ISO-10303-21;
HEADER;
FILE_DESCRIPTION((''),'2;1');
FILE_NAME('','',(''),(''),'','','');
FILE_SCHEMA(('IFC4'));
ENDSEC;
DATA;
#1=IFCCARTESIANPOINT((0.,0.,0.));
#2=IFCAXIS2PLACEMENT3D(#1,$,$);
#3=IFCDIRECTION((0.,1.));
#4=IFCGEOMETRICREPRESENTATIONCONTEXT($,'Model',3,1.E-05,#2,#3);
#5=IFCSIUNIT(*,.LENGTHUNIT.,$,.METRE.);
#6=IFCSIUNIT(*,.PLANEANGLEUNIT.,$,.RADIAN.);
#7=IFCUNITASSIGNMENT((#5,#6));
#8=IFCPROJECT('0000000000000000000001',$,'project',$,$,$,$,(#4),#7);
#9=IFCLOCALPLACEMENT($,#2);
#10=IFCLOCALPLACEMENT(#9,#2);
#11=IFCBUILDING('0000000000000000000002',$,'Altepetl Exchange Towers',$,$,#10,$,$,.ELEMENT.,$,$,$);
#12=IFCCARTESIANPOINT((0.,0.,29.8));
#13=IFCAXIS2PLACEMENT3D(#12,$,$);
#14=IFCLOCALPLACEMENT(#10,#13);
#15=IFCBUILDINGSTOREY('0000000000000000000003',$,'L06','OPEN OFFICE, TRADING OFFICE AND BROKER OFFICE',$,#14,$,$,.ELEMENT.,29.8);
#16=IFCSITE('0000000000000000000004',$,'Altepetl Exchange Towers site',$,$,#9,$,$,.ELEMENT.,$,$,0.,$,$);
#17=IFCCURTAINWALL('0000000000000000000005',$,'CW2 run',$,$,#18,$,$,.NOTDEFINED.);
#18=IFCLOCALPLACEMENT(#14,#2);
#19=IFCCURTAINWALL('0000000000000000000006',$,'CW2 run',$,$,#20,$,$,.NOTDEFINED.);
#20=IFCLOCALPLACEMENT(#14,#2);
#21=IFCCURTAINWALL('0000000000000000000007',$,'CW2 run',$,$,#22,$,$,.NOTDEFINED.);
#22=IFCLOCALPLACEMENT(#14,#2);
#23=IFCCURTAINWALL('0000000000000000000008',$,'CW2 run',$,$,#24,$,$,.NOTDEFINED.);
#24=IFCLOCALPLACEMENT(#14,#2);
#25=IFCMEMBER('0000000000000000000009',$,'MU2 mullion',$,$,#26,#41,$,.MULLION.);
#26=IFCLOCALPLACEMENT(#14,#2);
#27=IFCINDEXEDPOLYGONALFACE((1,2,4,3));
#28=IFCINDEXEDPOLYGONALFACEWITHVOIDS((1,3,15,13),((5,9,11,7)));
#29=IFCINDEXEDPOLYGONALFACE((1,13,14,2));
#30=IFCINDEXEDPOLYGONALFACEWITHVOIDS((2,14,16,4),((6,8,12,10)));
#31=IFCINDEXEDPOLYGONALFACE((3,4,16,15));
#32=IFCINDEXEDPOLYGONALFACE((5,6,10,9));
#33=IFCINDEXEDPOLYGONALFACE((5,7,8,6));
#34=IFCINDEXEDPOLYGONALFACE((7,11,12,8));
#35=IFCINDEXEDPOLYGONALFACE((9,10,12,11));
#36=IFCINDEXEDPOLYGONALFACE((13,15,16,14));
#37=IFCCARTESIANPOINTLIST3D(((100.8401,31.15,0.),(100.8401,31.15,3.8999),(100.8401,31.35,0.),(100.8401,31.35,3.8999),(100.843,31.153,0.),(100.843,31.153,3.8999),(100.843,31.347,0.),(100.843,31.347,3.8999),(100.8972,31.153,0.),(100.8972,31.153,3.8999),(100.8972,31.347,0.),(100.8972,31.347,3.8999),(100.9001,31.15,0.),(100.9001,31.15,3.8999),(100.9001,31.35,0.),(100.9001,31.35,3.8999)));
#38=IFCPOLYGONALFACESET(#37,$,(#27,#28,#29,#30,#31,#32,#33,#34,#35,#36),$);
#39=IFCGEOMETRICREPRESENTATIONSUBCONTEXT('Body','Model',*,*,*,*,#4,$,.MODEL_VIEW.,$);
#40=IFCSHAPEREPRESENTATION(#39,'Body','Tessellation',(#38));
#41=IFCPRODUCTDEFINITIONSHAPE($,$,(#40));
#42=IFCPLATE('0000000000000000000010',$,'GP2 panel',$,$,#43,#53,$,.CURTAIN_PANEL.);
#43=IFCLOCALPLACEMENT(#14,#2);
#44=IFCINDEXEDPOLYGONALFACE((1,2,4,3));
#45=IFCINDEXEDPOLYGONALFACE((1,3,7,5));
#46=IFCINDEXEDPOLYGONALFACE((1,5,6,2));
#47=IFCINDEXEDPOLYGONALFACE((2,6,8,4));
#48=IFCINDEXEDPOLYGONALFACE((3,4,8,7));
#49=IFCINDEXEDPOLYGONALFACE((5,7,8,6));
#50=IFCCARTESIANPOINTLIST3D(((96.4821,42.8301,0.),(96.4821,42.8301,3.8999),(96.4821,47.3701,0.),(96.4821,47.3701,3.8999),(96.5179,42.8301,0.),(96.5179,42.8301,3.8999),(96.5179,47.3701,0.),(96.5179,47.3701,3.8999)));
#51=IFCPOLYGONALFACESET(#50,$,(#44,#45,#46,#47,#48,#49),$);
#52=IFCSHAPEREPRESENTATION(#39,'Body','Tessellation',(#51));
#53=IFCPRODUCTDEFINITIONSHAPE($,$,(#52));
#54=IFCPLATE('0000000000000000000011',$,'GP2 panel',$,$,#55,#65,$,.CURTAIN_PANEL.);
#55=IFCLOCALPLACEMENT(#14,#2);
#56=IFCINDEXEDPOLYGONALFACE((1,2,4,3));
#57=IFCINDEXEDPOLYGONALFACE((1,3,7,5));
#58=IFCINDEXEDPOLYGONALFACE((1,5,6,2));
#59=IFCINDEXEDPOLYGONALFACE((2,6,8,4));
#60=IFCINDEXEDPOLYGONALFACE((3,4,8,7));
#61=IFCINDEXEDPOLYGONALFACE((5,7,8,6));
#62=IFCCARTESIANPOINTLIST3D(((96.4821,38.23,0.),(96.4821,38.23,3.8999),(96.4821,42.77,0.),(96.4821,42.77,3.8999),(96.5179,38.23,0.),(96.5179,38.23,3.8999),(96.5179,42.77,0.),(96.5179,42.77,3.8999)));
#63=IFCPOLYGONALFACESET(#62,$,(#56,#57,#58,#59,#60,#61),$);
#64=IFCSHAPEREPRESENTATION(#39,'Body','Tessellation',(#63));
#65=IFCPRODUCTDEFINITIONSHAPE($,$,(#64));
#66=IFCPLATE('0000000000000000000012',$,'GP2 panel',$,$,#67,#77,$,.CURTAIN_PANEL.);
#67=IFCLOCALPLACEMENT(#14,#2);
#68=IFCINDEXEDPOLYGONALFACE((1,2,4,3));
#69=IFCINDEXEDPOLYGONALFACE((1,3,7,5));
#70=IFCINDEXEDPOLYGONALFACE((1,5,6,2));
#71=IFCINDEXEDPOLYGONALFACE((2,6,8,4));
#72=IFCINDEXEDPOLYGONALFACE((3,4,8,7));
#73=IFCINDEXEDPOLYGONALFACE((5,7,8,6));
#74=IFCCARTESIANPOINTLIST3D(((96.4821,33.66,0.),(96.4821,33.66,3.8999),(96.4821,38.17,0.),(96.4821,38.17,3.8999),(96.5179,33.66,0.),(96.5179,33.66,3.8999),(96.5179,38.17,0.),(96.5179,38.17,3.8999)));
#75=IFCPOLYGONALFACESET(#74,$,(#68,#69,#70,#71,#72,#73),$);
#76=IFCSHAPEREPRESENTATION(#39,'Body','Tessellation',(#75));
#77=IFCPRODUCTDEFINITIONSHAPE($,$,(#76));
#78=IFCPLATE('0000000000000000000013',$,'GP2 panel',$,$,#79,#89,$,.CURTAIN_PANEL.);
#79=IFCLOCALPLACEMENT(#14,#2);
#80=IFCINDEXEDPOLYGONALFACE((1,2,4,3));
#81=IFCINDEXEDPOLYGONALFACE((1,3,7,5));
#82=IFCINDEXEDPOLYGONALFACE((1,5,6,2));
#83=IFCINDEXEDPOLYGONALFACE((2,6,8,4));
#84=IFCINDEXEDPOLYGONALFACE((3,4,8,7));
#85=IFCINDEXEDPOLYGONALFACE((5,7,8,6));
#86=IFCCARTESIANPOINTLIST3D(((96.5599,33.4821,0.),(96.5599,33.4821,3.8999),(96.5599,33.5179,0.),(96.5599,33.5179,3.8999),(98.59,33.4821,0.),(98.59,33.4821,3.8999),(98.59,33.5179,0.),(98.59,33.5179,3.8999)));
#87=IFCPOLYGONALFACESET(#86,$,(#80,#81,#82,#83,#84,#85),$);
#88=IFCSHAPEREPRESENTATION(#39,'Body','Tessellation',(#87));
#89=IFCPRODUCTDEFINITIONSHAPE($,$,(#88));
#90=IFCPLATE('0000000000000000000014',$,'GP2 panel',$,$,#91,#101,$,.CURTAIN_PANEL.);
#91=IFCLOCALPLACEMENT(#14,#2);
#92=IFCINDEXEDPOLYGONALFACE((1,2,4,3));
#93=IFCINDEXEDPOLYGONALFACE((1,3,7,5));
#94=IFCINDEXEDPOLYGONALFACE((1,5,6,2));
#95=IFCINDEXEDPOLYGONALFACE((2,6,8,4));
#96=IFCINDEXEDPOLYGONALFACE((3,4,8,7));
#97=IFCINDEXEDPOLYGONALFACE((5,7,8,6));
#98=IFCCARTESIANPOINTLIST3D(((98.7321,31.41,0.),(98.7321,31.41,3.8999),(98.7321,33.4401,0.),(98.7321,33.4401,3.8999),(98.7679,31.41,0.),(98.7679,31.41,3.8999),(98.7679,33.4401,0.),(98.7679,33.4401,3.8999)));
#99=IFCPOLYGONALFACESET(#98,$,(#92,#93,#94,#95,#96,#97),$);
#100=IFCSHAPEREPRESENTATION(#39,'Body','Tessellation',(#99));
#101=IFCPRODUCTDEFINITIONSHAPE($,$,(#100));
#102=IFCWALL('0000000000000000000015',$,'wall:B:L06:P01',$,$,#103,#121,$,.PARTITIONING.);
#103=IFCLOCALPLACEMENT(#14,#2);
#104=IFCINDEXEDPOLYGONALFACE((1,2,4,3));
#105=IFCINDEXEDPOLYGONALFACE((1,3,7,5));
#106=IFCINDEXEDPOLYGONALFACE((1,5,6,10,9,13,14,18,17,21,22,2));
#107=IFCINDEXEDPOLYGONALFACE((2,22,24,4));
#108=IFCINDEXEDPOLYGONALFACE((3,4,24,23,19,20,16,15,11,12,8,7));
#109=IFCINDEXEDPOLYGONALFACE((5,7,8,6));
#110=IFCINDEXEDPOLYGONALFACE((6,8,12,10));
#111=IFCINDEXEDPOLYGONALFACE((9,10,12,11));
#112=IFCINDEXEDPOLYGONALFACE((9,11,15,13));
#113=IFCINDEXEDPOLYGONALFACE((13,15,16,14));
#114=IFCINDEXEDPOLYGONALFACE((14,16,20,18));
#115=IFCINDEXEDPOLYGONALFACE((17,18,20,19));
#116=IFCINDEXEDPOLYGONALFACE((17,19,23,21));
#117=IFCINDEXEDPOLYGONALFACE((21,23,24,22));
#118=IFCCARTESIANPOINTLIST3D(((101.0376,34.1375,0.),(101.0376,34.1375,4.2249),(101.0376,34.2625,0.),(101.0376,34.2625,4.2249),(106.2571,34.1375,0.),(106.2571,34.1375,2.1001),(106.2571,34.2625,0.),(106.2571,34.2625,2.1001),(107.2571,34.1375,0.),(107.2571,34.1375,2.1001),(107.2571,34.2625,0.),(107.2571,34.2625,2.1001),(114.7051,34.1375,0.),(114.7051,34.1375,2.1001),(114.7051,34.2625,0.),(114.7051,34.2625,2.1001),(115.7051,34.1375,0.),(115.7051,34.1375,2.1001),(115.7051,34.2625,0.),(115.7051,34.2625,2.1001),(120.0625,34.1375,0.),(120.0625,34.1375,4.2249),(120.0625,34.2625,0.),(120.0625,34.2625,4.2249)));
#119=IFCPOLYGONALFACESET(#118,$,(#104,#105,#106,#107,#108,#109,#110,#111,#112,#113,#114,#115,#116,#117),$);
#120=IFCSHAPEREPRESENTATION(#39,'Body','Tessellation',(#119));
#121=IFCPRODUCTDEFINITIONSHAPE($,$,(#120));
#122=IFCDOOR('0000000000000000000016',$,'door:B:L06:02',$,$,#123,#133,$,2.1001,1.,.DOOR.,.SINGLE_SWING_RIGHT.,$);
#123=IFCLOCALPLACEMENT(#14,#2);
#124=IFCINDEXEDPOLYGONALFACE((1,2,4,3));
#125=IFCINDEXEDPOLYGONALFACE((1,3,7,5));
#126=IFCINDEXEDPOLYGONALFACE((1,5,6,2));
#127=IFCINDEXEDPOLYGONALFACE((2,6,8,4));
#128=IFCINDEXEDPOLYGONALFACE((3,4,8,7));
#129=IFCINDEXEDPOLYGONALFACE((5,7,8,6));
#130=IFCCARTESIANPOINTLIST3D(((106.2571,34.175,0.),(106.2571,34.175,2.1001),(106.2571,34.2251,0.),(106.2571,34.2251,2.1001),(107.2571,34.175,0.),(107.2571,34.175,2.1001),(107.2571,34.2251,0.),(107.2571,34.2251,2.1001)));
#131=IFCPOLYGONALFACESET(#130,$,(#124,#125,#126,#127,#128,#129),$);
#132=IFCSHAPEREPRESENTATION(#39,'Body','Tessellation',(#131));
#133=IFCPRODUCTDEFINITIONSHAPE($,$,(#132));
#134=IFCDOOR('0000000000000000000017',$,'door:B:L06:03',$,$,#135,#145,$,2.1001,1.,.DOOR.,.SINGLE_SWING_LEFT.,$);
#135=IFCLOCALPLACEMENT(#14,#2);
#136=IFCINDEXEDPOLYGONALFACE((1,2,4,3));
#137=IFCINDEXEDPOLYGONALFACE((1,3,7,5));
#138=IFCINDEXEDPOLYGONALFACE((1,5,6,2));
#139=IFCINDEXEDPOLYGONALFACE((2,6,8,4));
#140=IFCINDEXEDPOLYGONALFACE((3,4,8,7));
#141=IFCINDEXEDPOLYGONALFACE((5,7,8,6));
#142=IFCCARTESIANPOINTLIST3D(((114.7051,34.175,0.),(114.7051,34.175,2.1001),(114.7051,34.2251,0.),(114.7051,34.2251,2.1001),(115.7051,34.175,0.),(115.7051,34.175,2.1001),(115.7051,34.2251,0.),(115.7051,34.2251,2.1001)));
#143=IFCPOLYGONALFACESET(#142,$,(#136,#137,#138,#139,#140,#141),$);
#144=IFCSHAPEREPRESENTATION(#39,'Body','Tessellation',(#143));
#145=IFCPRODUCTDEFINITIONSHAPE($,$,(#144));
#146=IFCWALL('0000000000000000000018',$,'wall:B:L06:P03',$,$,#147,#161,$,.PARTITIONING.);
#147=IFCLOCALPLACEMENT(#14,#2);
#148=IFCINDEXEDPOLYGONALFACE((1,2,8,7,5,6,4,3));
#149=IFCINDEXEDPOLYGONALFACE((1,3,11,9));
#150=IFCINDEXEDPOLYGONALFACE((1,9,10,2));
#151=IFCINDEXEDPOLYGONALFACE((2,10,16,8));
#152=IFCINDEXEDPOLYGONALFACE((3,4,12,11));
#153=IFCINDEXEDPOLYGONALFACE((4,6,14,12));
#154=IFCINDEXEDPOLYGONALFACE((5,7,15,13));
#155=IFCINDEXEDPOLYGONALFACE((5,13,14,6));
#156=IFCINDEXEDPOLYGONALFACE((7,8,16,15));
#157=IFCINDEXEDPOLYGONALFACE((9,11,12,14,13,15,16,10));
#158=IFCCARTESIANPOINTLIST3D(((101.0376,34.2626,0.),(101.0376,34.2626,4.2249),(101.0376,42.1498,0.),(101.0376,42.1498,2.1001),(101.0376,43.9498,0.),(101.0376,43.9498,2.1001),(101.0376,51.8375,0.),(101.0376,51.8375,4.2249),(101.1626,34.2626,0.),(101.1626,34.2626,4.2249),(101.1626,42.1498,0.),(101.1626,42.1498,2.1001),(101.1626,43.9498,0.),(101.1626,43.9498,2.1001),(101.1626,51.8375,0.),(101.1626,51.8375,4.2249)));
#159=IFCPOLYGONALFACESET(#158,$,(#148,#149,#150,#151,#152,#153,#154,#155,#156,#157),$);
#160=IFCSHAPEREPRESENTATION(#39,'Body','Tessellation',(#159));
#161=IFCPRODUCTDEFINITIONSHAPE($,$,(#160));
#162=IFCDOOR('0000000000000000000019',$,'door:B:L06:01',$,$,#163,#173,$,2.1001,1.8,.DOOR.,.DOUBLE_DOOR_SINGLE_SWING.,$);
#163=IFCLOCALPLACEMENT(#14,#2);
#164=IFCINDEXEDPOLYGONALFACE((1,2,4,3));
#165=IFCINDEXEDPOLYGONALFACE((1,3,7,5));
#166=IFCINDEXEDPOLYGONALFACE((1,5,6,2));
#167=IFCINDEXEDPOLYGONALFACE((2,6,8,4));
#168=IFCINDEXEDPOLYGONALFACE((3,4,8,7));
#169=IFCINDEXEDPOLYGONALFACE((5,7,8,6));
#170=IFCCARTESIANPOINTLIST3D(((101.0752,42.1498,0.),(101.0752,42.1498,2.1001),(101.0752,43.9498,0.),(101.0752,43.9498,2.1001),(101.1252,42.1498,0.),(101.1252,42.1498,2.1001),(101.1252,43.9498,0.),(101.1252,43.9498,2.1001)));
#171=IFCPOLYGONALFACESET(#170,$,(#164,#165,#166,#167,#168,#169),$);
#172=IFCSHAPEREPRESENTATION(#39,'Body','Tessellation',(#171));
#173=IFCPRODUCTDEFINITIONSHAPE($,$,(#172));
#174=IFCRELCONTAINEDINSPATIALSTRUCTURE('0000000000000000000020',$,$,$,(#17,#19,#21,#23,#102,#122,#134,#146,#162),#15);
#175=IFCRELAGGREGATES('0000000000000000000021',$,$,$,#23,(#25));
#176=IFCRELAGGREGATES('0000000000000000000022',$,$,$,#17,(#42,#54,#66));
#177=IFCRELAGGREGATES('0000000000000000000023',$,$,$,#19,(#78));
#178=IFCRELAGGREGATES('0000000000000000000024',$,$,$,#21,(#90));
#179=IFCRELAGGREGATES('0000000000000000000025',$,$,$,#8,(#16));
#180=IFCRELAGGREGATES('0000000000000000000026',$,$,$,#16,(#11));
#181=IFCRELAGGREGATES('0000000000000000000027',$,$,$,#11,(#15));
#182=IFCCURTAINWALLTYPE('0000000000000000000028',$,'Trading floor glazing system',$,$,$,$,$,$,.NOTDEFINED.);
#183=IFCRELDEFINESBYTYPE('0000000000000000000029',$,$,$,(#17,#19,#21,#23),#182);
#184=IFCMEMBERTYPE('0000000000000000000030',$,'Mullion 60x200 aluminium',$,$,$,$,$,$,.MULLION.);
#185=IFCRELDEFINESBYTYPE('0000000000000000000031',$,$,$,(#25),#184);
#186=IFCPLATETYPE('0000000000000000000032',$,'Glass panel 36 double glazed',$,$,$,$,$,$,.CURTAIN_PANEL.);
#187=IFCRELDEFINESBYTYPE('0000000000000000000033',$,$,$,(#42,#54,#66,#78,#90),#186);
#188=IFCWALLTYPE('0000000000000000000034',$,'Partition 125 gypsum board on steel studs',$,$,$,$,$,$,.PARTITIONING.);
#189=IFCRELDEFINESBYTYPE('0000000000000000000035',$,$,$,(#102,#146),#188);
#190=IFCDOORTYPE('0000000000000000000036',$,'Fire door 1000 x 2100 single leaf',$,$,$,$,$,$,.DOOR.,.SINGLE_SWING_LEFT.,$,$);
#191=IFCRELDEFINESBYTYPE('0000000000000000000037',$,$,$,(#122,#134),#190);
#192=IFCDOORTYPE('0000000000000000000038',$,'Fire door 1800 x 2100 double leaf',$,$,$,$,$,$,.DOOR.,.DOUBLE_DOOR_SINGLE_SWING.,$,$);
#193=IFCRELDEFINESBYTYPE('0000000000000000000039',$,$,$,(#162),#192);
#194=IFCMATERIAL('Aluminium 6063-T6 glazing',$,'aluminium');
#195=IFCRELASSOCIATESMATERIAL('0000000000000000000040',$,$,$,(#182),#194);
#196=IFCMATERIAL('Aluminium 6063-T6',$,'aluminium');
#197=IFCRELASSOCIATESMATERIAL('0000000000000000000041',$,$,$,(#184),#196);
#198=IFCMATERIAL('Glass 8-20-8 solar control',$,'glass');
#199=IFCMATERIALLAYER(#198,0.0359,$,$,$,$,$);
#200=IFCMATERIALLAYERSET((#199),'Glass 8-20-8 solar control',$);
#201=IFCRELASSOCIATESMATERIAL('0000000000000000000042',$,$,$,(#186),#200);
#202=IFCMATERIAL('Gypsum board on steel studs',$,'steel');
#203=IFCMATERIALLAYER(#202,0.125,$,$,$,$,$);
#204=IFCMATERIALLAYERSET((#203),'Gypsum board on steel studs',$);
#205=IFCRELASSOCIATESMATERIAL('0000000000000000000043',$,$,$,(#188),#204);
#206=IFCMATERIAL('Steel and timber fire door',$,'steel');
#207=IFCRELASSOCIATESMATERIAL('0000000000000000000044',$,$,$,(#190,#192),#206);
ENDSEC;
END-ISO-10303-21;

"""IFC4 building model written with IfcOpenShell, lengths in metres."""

from ifc_helpers import new_model, si_unit, direction, frame, frame_2d, origin, origin_2d, place, context, subcontext, project, spatial, rectangle, hollow_rectangle, extrude, material, layer, layer_set, material_profile, profile_set, type_object, element, fill, aggregate, save


model = new_model("IFC4")

# Units and contexts
model_context = context("Model", 3, precision=1e-05, world=origin(), true_north=direction((0.0, 1.0)))
body_context = subcontext(model_context, "Body", "Model", "MODEL_VIEW")
ifc_project = project(units=[si_unit("LENGTHUNIT", "METRE"), si_unit("PLANEANGLEUNIT", "RADIAN")], contexts=[model_context])

# Site, building, storey
site_placement = place(None, origin())
site = spatial("IfcSite", under=ifc_project, at=site_placement, Name="Altepetl Exchange Towers site", CompositionType="ELEMENT", RefElevation=0.0)
building_placement = place(site_placement, origin())
building = spatial("IfcBuilding", under=site, at=building_placement, Name="Altepetl Exchange Towers", CompositionType="ELEMENT")
storey_placement = place(building_placement, frame((0.0, 0.0, 29.8)))
storey = spatial("IfcBuildingStorey", under=building, at=storey_placement, Name="L06", Description="OPEN OFFICE, TRADING OFFICE AND BROKER OFFICE", CompositionType="ELEMENT", Elevation=29.8)

# Curtain walls
ifc_material_1 = material(Name="Aluminium 6063-T6 glazing", Category="aluminium")
curtain_wall_type = type_object("IfcCurtainWallType", Name="Trading floor glazing system", PredefinedType="NOTDEFINED", material=ifc_material_1)
curtain_wall_1_placement = place(storey_placement, origin())
curtain_wall_1 = element("IfcCurtainWall", 1, at=curtain_wall_1_placement, inside=storey, type_object=curtain_wall_type, Name="CW2 run", PredefinedType="NOTDEFINED")
ifc_material_2 = material(Name="Aluminium 6063-T6", Category="aluminium")
ifc_material_profile_1 = material_profile(ifc_material_2, hollow_rectangle(XDim=0.0601, YDim=0.2, WallThickness=0.0029, at=origin_2d()), Name="Mullion 60x200 aluminium")
ifc_profile_set_1 = profile_set([ifc_material_profile_1], Name="Aluminium 6063-T6")
member_type = type_object("IfcMemberType", Name="Mullion 60x200 aluminium", PredefinedType="MULLION", material=ifc_profile_set_1)
curtain_wall_2_placement = place(storey_placement, origin())
curtain_wall_2 = element("IfcCurtainWall", 2, at=curtain_wall_2_placement, inside=storey, type_object=curtain_wall_type, Name="CW2 run", PredefinedType="NOTDEFINED")
curtain_wall_3_placement = place(storey_placement, origin())
curtain_wall_3 = element("IfcCurtainWall", 3, at=curtain_wall_3_placement, inside=storey, type_object=curtain_wall_type, Name="CW2 run", PredefinedType="NOTDEFINED")

# Curtain wall, member
curtain_wall_4_placement = place(storey_placement, origin())
curtain_wall_4 = element("IfcCurtainWall", 4, at=curtain_wall_4_placement, inside=storey, type_object=curtain_wall_type, Name="CW2 run", PredefinedType="NOTDEFINED")
member_1_placement = place(storey_placement, frame((100.8701, 31.25, 0.0)))
member_1 = element("IfcMember", 5, at=member_1_placement, type_object=member_type, Name="MU2 mullion", PredefinedType="MULLION", context=body_context, shape_type="SweptSolid", body=[
    extrude(hollow_rectangle(XDim=0.0601, YDim=0.2, WallThickness=0.0029, at=origin_2d()), origin(), (0.0, 0.0, 1.0), 3.8999),
])
aggregate(curtain_wall_4, [member_1])

# Plates
ifc_material_3 = material(Name="Glass 8-20-8 solar control", Category="glass")
ifc_layer_1 = layer(ifc_material_3, 0.0359)
ifc_layer_set_1 = layer_set([ifc_layer_1], Name="Glass 8-20-8 solar control")
plate_type = type_object("IfcPlateType", Name="Glass panel 36 double glazed", PredefinedType="CURTAIN_PANEL", material=ifc_layer_set_1)
plate_1_placement = place(storey_placement, frame((96.5, 45.1001, 0.0), z_axis=(0.0, 0.0, 1.0), x_axis=(0.0, -1.0, 0.0)))
plate_1 = element("IfcPlate", 6, at=plate_1_placement, type_object=plate_type, Name="GP2 panel", PredefinedType="CURTAIN_PANEL", context=body_context, shape_type="SweptSolid", body=[
    extrude(rectangle(XDim=4.54, YDim=0.0359, at=origin_2d()), origin(), (0.0, 0.0, 1.0), 3.8999),
])
plate_2_placement = place(storey_placement, frame((96.5, 40.5, 0.0), z_axis=(0.0, 0.0, 1.0), x_axis=(0.0, -1.0, 0.0)))
plate_2 = element("IfcPlate", 7, at=plate_2_placement, type_object=plate_type, Name="GP2 panel", PredefinedType="CURTAIN_PANEL", context=body_context, shape_type="SweptSolid", body=[
    extrude(rectangle(XDim=4.54, YDim=0.0359, at=origin_2d()), origin(), (0.0, 0.0, 1.0), 3.8999),
])
plate_3_placement = place(storey_placement, frame((96.5, 35.915, 0.0), z_axis=(0.0, 0.0, 1.0), x_axis=(0.0, -1.0, 0.0)))
plate_3 = element("IfcPlate", 8, at=plate_3_placement, type_object=plate_type, Name="GP2 panel", PredefinedType="CURTAIN_PANEL", context=body_context, shape_type="SweptSolid", body=[
    extrude(rectangle(XDim=4.51, YDim=0.0359, at=origin_2d()), origin(), (0.0, 0.0, 1.0), 3.8999),
])
aggregate(curtain_wall_1, [plate_1, plate_2, plate_3])
plate_4_placement = place(storey_placement, frame((97.575, 33.5, 0.0)))
plate_4 = element("IfcPlate", 9, at=plate_4_placement, type_object=plate_type, Name="GP2 panel", PredefinedType="CURTAIN_PANEL", context=body_context, shape_type="SweptSolid", body=[
    extrude(rectangle(XDim=2.03, YDim=0.0359, at=origin_2d()), origin(), (0.0, 0.0, 1.0), 3.8999),
])
aggregate(curtain_wall_2, [plate_4])
plate_5_placement = place(storey_placement, frame((98.75, 32.425, 0.0), z_axis=(0.0, 0.0, 1.0), x_axis=(0.0, -1.0, 0.0)))
plate_5 = element("IfcPlate", 10, at=plate_5_placement, type_object=plate_type, Name="GP2 panel", PredefinedType="CURTAIN_PANEL", context=body_context, shape_type="SweptSolid", body=[
    extrude(rectangle(XDim=2.03, YDim=0.0359, at=origin_2d()), origin(), (0.0, 0.0, 1.0), 3.8999),
])
aggregate(curtain_wall_3, [plate_5])

# Wall, openings, doors
ifc_material_4 = material(Name="Gypsum board on steel studs", Category="steel")
ifc_layer_2 = layer(ifc_material_4, 0.125)
ifc_layer_set_2 = layer_set([ifc_layer_2], Name="Gypsum board on steel studs")
wall_type = type_object("IfcWallType", Name="Partition 125 gypsum board on steel studs", PredefinedType="PARTITIONING", material=ifc_layer_set_2)
wall_1_placement = place(storey_placement, frame((101.0376, 34.2, 0.0)))
wall_1 = element("IfcWall", 11, at=wall_1_placement, inside=storey, type_object=wall_type, Name="wall:B:L06:P01", PredefinedType="PARTITIONING", context=body_context, shape_type="SweptSolid", body=[
    extrude(rectangle(XDim=19.0249, YDim=0.125, at=frame_2d((9.5125, 0.0))), origin(), (0.0, 0.0, 1.0), 4.2249),
])
opening_1_placement = place(wall_1_placement, frame((5.2195, 0.0, 0.0)))
opening_1 = element("IfcOpeningElement", 12, at=opening_1_placement, cuts=wall_1, PredefinedType="OPENING", context=body_context, shape_type="SweptSolid", body=[
    extrude(rectangle(XDim=1.0, YDim=2.1001, at=frame_2d((0.5, 1.05))), frame((0.0, 0.0725, 0.0), z_axis=(0.0, -1.0, 0.0), x_axis=(1.0, 0.0, 0.0)), (0.0, 0.0, 1.0), 0.145),
])
opening_2_placement = place(wall_1_placement, frame((13.6675, 0.0, 0.0)))
opening_2 = element("IfcOpeningElement", 13, at=opening_2_placement, cuts=wall_1, PredefinedType="OPENING", context=body_context, shape_type="SweptSolid", body=[
    extrude(rectangle(XDim=1.0, YDim=2.1001, at=frame_2d((0.5, 1.05))), frame((0.0, 0.0725, 0.0), z_axis=(0.0, -1.0, 0.0), x_axis=(1.0, 0.0, 0.0)), (0.0, 0.0, 1.0), 0.145),
])
ifc_material_5 = material(Name="Steel and timber fire door", Category="steel")
door_type_1 = type_object("IfcDoorType", Name="Fire door 1000 x 2100 single leaf", OperationType="SINGLE_SWING_LEFT", PredefinedType="DOOR", material=ifc_material_5)
door_1_placement = place(opening_1_placement, frame((1.0, 0.0, 0.0), x_axis=(-1.0, 0.0, 0.0)))
door_1 = element("IfcDoor", 14, at=door_1_placement, inside=storey, type_object=door_type_1, Name="door:B:L06:02", OperationType="SINGLE_SWING_RIGHT", OverallHeight=2.1001, OverallWidth=1.0, PredefinedType="DOOR", context=body_context, shape_type="SweptSolid", body=[
    extrude(rectangle(XDim=1.0, YDim=2.1001, at=frame_2d((0.5, 1.05))), frame((0.0, 0.0249, 0.0), z_axis=(0.0, -1.0, 0.0), x_axis=(1.0, 0.0, 0.0)), (0.0, 0.0, 1.0), 0.05),
])
fill(opening_1, door_1)
door_2_placement = place(opening_2_placement, frame((1.0, 0.0, 0.0), x_axis=(-1.0, 0.0, 0.0)))
door_2 = element("IfcDoor", 15, at=door_2_placement, inside=storey, type_object=door_type_1, Name="door:B:L06:03", OperationType="SINGLE_SWING_LEFT", OverallHeight=2.1001, OverallWidth=1.0, PredefinedType="DOOR", context=body_context, shape_type="SweptSolid", body=[
    extrude(rectangle(XDim=1.0, YDim=2.1001, at=frame_2d((0.5, 1.05))), frame((0.0, 0.0249, 0.0), z_axis=(0.0, -1.0, 0.0), x_axis=(1.0, 0.0, 0.0)), (0.0, 0.0, 1.0), 0.05),
])
fill(opening_2, door_2)

# Wall, opening, door
wall_2_placement = place(storey_placement, frame((101.1001, 34.2625, 0.0), z_axis=(0.0, 0.0, 1.0), x_axis=(0.0, 1.0, 0.0)))
wall_2 = element("IfcWall", 16, at=wall_2_placement, inside=storey, type_object=wall_type, Name="wall:B:L06:P03", PredefinedType="PARTITIONING", context=body_context, shape_type="SweptSolid", body=[
    extrude(rectangle(XDim=17.575, YDim=0.125, at=frame_2d((8.7876, 0.0))), origin(), (0.0, 0.0, 1.0), 4.2249),
])
opening_3_placement = place(wall_2_placement, frame((7.8875, 0.0, 0.0)))
opening_3 = element("IfcOpeningElement", 17, at=opening_3_placement, cuts=wall_2, PredefinedType="OPENING", context=body_context, shape_type="SweptSolid", body=[
    extrude(rectangle(XDim=1.8, YDim=2.1001, at=frame_2d((0.8999, 1.05))), frame((0.0, 0.0725, 0.0), z_axis=(0.0, -1.0, 0.0), x_axis=(1.0, 0.0, 0.0)), (0.0, 0.0, 1.0), 0.145),
])
door_type_2 = type_object("IfcDoorType", Name="Fire door 1800 x 2100 double leaf", OperationType="DOUBLE_DOOR_SINGLE_SWING", PredefinedType="DOOR", material=ifc_material_5)
door_3_placement = place(opening_3_placement, origin())
door_3 = element("IfcDoor", 18, at=door_3_placement, inside=storey, type_object=door_type_2, Name="door:B:L06:01", OperationType="DOUBLE_DOOR_SINGLE_SWING", OverallHeight=2.1001, OverallWidth=1.8, PredefinedType="DOOR", context=body_context, shape_type="SweptSolid", body=[
    extrude(rectangle(XDim=1.8, YDim=2.1001, at=frame_2d((0.8999, 1.05))), frame((0.0, 0.0249, 0.0), z_axis=(0.0, -1.0, 0.0), x_axis=(1.0, 0.0, 0.0)), (0.0, 0.0, 1.0), 0.05),
])
fill(opening_3, door_3)

save(model, "model.ifc")
